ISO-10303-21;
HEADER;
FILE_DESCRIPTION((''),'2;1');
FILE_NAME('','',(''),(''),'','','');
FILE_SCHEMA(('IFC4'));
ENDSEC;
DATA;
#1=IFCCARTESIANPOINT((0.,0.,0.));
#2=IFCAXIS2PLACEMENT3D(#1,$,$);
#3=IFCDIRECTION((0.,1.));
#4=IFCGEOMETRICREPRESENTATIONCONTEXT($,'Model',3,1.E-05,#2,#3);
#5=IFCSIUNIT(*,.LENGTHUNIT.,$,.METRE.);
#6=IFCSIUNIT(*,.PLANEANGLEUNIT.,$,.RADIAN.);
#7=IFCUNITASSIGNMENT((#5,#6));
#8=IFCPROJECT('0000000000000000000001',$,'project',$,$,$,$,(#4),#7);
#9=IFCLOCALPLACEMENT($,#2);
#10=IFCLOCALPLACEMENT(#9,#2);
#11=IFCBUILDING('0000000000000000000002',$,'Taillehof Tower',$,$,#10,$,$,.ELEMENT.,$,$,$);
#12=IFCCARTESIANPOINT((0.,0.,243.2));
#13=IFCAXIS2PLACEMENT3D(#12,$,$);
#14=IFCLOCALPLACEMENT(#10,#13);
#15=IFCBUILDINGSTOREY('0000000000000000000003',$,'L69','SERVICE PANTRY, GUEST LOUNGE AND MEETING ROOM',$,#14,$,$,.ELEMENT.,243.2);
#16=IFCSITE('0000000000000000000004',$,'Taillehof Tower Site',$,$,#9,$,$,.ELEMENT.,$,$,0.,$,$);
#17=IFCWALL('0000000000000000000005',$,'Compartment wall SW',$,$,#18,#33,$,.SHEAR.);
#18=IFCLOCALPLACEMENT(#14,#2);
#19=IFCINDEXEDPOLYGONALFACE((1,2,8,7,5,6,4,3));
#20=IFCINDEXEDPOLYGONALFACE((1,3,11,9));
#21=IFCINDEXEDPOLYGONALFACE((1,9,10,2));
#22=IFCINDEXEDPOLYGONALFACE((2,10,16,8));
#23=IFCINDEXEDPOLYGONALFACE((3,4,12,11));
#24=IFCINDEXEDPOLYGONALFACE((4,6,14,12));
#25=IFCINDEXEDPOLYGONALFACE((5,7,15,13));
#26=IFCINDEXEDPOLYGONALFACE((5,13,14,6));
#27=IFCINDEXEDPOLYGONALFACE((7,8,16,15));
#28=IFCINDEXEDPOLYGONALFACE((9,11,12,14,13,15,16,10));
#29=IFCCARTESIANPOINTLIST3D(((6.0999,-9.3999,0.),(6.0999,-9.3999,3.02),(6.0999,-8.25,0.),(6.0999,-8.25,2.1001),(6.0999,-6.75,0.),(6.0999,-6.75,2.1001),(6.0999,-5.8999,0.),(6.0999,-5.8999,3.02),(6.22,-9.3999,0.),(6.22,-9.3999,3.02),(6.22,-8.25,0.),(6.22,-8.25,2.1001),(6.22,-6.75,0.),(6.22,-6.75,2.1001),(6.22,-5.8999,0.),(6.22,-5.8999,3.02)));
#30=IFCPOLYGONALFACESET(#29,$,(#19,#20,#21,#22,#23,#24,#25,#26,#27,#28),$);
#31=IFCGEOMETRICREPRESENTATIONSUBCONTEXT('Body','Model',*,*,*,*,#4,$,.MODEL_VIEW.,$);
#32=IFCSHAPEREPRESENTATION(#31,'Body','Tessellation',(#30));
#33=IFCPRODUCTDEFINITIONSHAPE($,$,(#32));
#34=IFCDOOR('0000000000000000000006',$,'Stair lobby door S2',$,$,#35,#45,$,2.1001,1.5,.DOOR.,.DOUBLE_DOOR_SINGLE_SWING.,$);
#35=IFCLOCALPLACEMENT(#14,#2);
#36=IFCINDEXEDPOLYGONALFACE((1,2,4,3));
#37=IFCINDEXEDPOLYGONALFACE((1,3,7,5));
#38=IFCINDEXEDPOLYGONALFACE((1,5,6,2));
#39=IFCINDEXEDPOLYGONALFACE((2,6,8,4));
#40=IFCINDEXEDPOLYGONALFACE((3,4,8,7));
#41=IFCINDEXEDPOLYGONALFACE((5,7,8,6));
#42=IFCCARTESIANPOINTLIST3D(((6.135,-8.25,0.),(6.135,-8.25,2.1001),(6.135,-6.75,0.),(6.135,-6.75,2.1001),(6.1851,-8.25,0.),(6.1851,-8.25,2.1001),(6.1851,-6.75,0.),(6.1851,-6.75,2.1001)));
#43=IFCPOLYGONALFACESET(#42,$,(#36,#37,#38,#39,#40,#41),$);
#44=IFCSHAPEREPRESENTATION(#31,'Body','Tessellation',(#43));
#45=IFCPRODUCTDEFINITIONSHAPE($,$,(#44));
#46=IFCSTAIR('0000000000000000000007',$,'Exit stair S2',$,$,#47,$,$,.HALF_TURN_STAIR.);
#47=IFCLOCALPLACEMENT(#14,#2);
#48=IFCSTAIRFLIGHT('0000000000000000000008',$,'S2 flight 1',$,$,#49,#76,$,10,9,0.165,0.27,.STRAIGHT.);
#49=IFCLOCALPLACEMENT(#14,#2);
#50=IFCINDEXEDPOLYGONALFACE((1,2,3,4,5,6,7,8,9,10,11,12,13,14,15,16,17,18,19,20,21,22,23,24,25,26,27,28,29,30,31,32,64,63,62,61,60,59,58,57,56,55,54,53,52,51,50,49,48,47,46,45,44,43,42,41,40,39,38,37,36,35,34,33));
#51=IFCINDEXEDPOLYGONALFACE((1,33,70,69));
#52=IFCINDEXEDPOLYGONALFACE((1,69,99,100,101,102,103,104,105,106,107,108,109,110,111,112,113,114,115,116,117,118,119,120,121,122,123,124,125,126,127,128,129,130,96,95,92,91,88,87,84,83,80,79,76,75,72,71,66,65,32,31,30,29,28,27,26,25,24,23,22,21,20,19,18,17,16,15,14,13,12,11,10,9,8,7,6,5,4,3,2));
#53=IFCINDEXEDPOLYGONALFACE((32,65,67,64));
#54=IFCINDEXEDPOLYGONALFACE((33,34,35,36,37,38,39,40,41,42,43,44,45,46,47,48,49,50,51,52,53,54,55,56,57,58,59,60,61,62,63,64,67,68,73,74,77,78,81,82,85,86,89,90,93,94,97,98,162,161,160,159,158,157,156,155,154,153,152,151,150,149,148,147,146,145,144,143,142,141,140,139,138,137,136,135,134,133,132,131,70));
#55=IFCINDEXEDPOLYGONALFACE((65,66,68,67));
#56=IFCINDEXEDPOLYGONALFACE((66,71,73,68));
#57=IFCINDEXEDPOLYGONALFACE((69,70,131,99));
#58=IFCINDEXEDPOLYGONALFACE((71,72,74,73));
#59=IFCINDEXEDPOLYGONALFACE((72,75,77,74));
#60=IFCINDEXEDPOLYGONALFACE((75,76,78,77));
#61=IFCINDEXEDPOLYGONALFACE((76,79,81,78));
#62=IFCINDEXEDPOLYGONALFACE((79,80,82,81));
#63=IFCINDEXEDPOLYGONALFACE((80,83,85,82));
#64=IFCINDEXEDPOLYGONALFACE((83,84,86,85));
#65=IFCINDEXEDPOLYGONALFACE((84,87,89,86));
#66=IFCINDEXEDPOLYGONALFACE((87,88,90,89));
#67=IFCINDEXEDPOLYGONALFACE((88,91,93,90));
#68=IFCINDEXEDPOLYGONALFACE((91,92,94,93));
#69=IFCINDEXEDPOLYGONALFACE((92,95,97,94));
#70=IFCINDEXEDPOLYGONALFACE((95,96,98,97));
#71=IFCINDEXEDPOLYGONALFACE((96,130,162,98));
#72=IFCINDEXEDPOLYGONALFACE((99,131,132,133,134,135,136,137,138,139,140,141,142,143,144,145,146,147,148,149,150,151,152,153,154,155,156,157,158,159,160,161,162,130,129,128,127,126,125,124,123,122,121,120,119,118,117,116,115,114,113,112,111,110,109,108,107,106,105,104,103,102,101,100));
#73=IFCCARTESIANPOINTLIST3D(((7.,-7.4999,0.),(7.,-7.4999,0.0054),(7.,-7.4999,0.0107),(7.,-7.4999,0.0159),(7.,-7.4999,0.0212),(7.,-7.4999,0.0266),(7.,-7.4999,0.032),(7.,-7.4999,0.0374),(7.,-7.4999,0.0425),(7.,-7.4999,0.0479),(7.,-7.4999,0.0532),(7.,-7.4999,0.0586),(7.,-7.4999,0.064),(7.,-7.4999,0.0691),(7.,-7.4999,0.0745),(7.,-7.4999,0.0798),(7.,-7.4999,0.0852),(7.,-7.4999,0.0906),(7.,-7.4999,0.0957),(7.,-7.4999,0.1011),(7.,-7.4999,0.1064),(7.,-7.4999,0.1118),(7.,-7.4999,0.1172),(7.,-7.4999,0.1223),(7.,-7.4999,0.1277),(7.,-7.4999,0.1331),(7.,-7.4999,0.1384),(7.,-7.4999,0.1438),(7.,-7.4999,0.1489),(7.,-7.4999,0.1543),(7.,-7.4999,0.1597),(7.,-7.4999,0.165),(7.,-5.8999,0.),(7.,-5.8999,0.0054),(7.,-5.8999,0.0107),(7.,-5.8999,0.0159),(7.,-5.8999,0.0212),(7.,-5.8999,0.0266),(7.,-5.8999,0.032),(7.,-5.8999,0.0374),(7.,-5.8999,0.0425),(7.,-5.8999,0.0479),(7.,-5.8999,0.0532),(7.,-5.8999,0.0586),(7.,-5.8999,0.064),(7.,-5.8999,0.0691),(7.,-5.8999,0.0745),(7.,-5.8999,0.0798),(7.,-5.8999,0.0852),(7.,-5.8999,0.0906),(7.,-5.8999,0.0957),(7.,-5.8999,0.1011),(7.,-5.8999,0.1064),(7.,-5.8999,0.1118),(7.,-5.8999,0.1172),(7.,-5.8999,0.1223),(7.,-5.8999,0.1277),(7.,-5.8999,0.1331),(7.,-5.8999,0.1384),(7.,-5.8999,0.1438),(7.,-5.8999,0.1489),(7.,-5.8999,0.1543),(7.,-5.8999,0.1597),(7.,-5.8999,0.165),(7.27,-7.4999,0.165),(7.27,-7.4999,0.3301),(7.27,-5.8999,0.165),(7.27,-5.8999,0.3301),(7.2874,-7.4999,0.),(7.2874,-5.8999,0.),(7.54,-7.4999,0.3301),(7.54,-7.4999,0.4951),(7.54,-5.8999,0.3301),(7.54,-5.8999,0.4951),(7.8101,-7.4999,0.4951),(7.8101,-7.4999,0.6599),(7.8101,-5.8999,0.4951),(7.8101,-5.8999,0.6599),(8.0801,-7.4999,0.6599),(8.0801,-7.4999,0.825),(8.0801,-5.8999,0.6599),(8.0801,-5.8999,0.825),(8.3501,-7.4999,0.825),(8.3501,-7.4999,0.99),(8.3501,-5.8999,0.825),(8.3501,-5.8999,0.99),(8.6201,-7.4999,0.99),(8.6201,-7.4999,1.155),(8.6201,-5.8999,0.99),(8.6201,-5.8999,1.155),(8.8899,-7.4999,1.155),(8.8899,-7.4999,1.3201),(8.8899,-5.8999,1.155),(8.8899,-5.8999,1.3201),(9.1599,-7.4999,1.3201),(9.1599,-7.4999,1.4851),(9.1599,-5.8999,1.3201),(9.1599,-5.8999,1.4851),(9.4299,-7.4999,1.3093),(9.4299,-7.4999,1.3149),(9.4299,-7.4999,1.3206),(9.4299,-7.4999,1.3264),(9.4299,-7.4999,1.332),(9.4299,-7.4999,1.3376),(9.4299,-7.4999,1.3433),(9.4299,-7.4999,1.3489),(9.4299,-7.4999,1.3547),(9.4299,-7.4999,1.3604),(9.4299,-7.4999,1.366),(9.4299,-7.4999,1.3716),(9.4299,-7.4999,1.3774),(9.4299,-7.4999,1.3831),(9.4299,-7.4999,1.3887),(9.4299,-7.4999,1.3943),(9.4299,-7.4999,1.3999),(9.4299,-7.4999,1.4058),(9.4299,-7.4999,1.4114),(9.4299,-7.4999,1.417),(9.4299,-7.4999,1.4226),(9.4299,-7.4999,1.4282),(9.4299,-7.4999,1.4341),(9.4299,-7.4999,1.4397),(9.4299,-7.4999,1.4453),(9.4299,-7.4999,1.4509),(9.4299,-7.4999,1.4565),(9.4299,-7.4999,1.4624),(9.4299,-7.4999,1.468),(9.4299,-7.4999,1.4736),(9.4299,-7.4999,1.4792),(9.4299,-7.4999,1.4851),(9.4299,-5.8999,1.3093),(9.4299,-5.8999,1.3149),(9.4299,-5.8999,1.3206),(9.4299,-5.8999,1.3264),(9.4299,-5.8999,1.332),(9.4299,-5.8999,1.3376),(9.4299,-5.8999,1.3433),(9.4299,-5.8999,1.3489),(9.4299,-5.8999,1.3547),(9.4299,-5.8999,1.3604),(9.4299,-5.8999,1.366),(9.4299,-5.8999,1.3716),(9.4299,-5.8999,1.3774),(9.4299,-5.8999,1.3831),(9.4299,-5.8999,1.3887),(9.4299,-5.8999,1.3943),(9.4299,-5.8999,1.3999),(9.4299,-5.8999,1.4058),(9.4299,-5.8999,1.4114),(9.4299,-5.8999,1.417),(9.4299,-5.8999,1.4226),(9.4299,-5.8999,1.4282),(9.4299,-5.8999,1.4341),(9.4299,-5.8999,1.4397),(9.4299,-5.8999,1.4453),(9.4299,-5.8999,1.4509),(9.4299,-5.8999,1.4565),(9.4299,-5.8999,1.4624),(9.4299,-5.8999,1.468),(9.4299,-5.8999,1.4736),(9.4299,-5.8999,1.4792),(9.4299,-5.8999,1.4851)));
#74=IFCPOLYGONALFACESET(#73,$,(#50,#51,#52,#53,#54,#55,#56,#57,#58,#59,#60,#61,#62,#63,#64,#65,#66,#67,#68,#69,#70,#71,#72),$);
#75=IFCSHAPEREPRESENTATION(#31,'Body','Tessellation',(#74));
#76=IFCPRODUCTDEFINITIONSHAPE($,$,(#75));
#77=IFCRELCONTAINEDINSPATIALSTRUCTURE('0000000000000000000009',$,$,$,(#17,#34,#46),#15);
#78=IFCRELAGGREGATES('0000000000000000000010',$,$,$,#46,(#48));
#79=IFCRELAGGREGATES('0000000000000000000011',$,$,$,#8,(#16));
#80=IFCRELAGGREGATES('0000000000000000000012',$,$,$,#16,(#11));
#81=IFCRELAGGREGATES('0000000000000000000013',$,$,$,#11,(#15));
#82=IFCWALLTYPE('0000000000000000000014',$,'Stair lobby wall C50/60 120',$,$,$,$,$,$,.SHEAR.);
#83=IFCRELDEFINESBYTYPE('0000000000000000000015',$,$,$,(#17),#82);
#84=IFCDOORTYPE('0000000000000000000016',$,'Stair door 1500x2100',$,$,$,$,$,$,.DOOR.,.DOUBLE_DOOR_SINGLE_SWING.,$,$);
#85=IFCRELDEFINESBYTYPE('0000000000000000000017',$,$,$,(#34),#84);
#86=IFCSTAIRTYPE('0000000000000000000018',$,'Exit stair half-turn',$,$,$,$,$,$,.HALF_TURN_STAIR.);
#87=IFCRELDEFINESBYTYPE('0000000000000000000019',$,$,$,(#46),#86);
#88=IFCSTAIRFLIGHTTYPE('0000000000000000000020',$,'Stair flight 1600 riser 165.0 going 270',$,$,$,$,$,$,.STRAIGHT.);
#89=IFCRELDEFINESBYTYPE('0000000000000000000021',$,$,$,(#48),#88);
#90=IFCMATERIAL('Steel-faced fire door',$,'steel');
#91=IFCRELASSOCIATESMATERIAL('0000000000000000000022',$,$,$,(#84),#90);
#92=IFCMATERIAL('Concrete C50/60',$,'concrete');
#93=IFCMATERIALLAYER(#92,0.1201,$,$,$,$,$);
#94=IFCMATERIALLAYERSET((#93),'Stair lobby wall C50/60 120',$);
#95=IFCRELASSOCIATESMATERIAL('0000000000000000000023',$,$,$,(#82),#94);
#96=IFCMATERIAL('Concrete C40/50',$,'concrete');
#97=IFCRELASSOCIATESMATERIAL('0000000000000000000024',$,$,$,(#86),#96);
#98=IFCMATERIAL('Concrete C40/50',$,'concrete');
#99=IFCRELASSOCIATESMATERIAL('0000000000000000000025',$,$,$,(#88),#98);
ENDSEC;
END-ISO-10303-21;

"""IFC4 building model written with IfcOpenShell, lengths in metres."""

from ifc_helpers import new_model, si_unit, direction, frame, frame_2d, origin, place, context, subcontext, project, spatial, polyline, rectangle, outline, extrude, material, layer, layer_set, type_object, element, fill, aggregate, save


model = new_model("IFC4")

# Units and contexts
model_context = context("Model", 3, precision=1e-05, world=origin(), true_north=direction((0.0, 1.0)))
body_context = subcontext(model_context, "Body", "Model", "MODEL_VIEW")
ifc_project = project(units=[si_unit("LENGTHUNIT", "METRE"), si_unit("PLANEANGLEUNIT", "RADIAN")], contexts=[model_context])

# Site, building, storey
site_placement = place(None, origin())
site = spatial("IfcSite", under=ifc_project, at=site_placement, Name="Taillehof Tower Site", CompositionType="ELEMENT", RefElevation=0.0)
building_placement = place(site_placement, origin())
building = spatial("IfcBuilding", under=site, at=building_placement, Name="Taillehof Tower", CompositionType="ELEMENT")
storey_placement = place(building_placement, frame((0.0, 0.0, 243.2)))
storey = spatial("IfcBuildingStorey", under=building, at=storey_placement, Name="L69", Description="SERVICE PANTRY, GUEST LOUNGE AND MEETING ROOM", CompositionType="ELEMENT", Elevation=243.2)

# Shared definitions
ifc_material_1 = material(Name="Steel-faced fire door", Category="steel")
door_type_1 = type_object("IfcDoorType", Name="Stair door 1500x2100", OperationType="DOUBLE_DOOR_SINGLE_SWING", PredefinedType="DOOR", material=ifc_material_1)

# Wall, opening, door
ifc_material_2 = material(Name="Concrete C50/60", Category="concrete")
ifc_layer_1 = layer(ifc_material_2, 0.1201)
ifc_layer_set_1 = layer_set([ifc_layer_1], Name="Stair lobby wall C50/60 120")
wall_type_1 = type_object("IfcWallType", Name="Stair lobby wall C50/60 120", PredefinedType="SHEAR", material=ifc_layer_set_1)
wall_1_placement = place(storey_placement, frame((6.1599, -9.3999, 0.0), z_axis=(0.0, 0.0, 1.0), x_axis=(0.0, 1.0, 0.0)))
wall_1 = element("IfcWall", 1, at=wall_1_placement, inside=storey, type_object=wall_type_1, Name="Compartment wall SW", PredefinedType="SHEAR", context=body_context, shape_type="SweptSolid", body=[
    extrude(rectangle(XDim=3.5, YDim=0.1201, at=frame_2d((1.75, 0.0))), origin(), (0.0, 0.0, 1.0), 3.02),
])
opening_1_placement = place(wall_1_placement, frame((1.1499, 0.0, 0.0)))
opening_1 = element("IfcOpeningElement", 2, at=opening_1_placement, cuts=wall_1, PredefinedType="OPENING", context=body_context, shape_type="SweptSolid", body=[
    extrude(rectangle(XDim=1.5, YDim=2.1001, at=frame_2d((0.75, 1.05))), frame((0.0, 0.0701, 0.0), z_axis=(0.0, -1.0, 0.0), x_axis=(1.0, 0.0, 0.0)), (0.0, 0.0, 1.0), 0.1401),
])
door_1_placement = place(opening_1_placement, origin())
door_1 = element("IfcDoor", 3, at=door_1_placement, inside=storey, type_object=door_type_1, Name="Stair lobby door S2", OperationType="DOUBLE_DOOR_SINGLE_SWING", OverallHeight=2.1001, OverallWidth=1.5, PredefinedType="DOOR", context=body_context, shape_type="SweptSolid", body=[
    extrude(rectangle(XDim=1.5, YDim=2.1001, at=frame_2d((0.75, 1.05))), frame((0.0, 0.0249, 0.0), z_axis=(0.0, -1.0, 0.0), x_axis=(1.0, 0.0, 0.0)), (0.0, 0.0, 1.0), 0.05),
])
fill(opening_1, door_1)

# Stair, stair flight
ifc_material_3 = material(Name="Concrete C40/50", Category="concrete")
stair_type = type_object("IfcStairType", Name="Exit stair half-turn", PredefinedType="HALF_TURN_STAIR", material=ifc_material_3)
stair_placement = place(storey_placement, origin())
stair = element("IfcStair", 4, at=stair_placement, inside=storey, type_object=stair_type, Name="Exit stair S2", PredefinedType="HALF_TURN_STAIR")
ifc_material_4 = material(Name="Concrete C40/50", Category="concrete")
stair_flight_type = type_object("IfcStairFlightType", Name="Stair flight 1600 riser 165.0 going 270", PredefinedType="STRAIGHT", material=ifc_material_4)
stair_flight_placement = place(storey_placement, frame((7.0, -6.7, 0.0), z_axis=(0.0, 0.0, 1.0), x_axis=(1.0, 0.0, 0.0)))
stair_flight = element("IfcStairFlight", 5, at=stair_flight_placement, type_object=stair_flight_type, Name="S2 flight 1", NumberOfRisers=10, NumberOfTreads=9, PredefinedType="STRAIGHT", RiserHeight=0.165, TreadLength=0.27, context=body_context, shape_type="SweptSolid", body=[
    extrude(outline(polyline([(0.0, 0.0), (0.0, 0.0054), (0.0, 0.0107), (0.0, 0.0159), (0.0, 0.0212), (0.0, 0.0266), (0.0, 0.032), (0.0, 0.0374), (0.0, 0.0425), (0.0, 0.0479), (0.0, 0.0532), (0.0, 0.0586), (0.0, 0.064), (0.0, 0.0691), (0.0, 0.0745), (0.0, 0.0798), (0.0, 0.0852), (0.0, 0.0906), (0.0, 0.0957), (0.0, 0.1011), (0.0, 0.1064), (0.0, 0.1118), (0.0, 0.1172), (0.0, 0.1223), (0.0, 0.1277), (0.0, 0.1331), (0.0, 0.1384), (0.0, 0.1438), (0.0, 0.1489), (0.0, 0.1543), (0.0, 0.1597), (0.0, 0.165), (0.27, 0.165), (0.27, 0.3301), (0.54, 0.3301), (0.54, 0.4951), (0.8101, 0.4951), (0.8101, 0.6599), (1.0801, 0.6599), (1.0801, 0.825), (1.3501, 0.825), (1.3501, 0.99), (1.6201, 0.99), (1.6201, 1.155), (1.8899, 1.155), (1.8899, 1.3201), (2.1599, 1.3201), (2.1599, 1.4851), (2.4299, 1.4851), (2.4299, 1.4792), (2.4299, 1.4736), (2.4299, 1.468), (2.4299, 1.4624), (2.4299, 1.4565), (2.4299, 1.4509), (2.4299, 1.4453), (2.4299, 1.4397), (2.4299, 1.4341), (2.4299, 1.4282), (2.4299, 1.4226), (2.4299, 1.417), (2.4299, 1.4114), (2.4299, 1.4058), (2.4299, 1.3999), (2.4299, 1.3943), (2.4299, 1.3887), (2.4299, 1.3831), (2.4299, 1.3774), (2.4299, 1.3716), (2.4299, 1.366), (2.4299, 1.3604), (2.4299, 1.3547), (2.4299, 1.3489), (2.4299, 1.3433), (2.4299, 1.3376), (2.4299, 1.332), (2.4299, 1.3264), (2.4299, 1.3206), (2.4299, 1.3149), (2.4299, 1.3093), (0.2874, 0.0), (0.0, 0.0)])), frame((0.0, 0.8, 0.0), z_axis=(0.0, -1.0, 0.0), x_axis=(1.0, 0.0, 0.0)), (0.0, 0.0, 1.0), 1.6),
])
aggregate(stair, [stair_flight])

save(model, "model.ifc")
